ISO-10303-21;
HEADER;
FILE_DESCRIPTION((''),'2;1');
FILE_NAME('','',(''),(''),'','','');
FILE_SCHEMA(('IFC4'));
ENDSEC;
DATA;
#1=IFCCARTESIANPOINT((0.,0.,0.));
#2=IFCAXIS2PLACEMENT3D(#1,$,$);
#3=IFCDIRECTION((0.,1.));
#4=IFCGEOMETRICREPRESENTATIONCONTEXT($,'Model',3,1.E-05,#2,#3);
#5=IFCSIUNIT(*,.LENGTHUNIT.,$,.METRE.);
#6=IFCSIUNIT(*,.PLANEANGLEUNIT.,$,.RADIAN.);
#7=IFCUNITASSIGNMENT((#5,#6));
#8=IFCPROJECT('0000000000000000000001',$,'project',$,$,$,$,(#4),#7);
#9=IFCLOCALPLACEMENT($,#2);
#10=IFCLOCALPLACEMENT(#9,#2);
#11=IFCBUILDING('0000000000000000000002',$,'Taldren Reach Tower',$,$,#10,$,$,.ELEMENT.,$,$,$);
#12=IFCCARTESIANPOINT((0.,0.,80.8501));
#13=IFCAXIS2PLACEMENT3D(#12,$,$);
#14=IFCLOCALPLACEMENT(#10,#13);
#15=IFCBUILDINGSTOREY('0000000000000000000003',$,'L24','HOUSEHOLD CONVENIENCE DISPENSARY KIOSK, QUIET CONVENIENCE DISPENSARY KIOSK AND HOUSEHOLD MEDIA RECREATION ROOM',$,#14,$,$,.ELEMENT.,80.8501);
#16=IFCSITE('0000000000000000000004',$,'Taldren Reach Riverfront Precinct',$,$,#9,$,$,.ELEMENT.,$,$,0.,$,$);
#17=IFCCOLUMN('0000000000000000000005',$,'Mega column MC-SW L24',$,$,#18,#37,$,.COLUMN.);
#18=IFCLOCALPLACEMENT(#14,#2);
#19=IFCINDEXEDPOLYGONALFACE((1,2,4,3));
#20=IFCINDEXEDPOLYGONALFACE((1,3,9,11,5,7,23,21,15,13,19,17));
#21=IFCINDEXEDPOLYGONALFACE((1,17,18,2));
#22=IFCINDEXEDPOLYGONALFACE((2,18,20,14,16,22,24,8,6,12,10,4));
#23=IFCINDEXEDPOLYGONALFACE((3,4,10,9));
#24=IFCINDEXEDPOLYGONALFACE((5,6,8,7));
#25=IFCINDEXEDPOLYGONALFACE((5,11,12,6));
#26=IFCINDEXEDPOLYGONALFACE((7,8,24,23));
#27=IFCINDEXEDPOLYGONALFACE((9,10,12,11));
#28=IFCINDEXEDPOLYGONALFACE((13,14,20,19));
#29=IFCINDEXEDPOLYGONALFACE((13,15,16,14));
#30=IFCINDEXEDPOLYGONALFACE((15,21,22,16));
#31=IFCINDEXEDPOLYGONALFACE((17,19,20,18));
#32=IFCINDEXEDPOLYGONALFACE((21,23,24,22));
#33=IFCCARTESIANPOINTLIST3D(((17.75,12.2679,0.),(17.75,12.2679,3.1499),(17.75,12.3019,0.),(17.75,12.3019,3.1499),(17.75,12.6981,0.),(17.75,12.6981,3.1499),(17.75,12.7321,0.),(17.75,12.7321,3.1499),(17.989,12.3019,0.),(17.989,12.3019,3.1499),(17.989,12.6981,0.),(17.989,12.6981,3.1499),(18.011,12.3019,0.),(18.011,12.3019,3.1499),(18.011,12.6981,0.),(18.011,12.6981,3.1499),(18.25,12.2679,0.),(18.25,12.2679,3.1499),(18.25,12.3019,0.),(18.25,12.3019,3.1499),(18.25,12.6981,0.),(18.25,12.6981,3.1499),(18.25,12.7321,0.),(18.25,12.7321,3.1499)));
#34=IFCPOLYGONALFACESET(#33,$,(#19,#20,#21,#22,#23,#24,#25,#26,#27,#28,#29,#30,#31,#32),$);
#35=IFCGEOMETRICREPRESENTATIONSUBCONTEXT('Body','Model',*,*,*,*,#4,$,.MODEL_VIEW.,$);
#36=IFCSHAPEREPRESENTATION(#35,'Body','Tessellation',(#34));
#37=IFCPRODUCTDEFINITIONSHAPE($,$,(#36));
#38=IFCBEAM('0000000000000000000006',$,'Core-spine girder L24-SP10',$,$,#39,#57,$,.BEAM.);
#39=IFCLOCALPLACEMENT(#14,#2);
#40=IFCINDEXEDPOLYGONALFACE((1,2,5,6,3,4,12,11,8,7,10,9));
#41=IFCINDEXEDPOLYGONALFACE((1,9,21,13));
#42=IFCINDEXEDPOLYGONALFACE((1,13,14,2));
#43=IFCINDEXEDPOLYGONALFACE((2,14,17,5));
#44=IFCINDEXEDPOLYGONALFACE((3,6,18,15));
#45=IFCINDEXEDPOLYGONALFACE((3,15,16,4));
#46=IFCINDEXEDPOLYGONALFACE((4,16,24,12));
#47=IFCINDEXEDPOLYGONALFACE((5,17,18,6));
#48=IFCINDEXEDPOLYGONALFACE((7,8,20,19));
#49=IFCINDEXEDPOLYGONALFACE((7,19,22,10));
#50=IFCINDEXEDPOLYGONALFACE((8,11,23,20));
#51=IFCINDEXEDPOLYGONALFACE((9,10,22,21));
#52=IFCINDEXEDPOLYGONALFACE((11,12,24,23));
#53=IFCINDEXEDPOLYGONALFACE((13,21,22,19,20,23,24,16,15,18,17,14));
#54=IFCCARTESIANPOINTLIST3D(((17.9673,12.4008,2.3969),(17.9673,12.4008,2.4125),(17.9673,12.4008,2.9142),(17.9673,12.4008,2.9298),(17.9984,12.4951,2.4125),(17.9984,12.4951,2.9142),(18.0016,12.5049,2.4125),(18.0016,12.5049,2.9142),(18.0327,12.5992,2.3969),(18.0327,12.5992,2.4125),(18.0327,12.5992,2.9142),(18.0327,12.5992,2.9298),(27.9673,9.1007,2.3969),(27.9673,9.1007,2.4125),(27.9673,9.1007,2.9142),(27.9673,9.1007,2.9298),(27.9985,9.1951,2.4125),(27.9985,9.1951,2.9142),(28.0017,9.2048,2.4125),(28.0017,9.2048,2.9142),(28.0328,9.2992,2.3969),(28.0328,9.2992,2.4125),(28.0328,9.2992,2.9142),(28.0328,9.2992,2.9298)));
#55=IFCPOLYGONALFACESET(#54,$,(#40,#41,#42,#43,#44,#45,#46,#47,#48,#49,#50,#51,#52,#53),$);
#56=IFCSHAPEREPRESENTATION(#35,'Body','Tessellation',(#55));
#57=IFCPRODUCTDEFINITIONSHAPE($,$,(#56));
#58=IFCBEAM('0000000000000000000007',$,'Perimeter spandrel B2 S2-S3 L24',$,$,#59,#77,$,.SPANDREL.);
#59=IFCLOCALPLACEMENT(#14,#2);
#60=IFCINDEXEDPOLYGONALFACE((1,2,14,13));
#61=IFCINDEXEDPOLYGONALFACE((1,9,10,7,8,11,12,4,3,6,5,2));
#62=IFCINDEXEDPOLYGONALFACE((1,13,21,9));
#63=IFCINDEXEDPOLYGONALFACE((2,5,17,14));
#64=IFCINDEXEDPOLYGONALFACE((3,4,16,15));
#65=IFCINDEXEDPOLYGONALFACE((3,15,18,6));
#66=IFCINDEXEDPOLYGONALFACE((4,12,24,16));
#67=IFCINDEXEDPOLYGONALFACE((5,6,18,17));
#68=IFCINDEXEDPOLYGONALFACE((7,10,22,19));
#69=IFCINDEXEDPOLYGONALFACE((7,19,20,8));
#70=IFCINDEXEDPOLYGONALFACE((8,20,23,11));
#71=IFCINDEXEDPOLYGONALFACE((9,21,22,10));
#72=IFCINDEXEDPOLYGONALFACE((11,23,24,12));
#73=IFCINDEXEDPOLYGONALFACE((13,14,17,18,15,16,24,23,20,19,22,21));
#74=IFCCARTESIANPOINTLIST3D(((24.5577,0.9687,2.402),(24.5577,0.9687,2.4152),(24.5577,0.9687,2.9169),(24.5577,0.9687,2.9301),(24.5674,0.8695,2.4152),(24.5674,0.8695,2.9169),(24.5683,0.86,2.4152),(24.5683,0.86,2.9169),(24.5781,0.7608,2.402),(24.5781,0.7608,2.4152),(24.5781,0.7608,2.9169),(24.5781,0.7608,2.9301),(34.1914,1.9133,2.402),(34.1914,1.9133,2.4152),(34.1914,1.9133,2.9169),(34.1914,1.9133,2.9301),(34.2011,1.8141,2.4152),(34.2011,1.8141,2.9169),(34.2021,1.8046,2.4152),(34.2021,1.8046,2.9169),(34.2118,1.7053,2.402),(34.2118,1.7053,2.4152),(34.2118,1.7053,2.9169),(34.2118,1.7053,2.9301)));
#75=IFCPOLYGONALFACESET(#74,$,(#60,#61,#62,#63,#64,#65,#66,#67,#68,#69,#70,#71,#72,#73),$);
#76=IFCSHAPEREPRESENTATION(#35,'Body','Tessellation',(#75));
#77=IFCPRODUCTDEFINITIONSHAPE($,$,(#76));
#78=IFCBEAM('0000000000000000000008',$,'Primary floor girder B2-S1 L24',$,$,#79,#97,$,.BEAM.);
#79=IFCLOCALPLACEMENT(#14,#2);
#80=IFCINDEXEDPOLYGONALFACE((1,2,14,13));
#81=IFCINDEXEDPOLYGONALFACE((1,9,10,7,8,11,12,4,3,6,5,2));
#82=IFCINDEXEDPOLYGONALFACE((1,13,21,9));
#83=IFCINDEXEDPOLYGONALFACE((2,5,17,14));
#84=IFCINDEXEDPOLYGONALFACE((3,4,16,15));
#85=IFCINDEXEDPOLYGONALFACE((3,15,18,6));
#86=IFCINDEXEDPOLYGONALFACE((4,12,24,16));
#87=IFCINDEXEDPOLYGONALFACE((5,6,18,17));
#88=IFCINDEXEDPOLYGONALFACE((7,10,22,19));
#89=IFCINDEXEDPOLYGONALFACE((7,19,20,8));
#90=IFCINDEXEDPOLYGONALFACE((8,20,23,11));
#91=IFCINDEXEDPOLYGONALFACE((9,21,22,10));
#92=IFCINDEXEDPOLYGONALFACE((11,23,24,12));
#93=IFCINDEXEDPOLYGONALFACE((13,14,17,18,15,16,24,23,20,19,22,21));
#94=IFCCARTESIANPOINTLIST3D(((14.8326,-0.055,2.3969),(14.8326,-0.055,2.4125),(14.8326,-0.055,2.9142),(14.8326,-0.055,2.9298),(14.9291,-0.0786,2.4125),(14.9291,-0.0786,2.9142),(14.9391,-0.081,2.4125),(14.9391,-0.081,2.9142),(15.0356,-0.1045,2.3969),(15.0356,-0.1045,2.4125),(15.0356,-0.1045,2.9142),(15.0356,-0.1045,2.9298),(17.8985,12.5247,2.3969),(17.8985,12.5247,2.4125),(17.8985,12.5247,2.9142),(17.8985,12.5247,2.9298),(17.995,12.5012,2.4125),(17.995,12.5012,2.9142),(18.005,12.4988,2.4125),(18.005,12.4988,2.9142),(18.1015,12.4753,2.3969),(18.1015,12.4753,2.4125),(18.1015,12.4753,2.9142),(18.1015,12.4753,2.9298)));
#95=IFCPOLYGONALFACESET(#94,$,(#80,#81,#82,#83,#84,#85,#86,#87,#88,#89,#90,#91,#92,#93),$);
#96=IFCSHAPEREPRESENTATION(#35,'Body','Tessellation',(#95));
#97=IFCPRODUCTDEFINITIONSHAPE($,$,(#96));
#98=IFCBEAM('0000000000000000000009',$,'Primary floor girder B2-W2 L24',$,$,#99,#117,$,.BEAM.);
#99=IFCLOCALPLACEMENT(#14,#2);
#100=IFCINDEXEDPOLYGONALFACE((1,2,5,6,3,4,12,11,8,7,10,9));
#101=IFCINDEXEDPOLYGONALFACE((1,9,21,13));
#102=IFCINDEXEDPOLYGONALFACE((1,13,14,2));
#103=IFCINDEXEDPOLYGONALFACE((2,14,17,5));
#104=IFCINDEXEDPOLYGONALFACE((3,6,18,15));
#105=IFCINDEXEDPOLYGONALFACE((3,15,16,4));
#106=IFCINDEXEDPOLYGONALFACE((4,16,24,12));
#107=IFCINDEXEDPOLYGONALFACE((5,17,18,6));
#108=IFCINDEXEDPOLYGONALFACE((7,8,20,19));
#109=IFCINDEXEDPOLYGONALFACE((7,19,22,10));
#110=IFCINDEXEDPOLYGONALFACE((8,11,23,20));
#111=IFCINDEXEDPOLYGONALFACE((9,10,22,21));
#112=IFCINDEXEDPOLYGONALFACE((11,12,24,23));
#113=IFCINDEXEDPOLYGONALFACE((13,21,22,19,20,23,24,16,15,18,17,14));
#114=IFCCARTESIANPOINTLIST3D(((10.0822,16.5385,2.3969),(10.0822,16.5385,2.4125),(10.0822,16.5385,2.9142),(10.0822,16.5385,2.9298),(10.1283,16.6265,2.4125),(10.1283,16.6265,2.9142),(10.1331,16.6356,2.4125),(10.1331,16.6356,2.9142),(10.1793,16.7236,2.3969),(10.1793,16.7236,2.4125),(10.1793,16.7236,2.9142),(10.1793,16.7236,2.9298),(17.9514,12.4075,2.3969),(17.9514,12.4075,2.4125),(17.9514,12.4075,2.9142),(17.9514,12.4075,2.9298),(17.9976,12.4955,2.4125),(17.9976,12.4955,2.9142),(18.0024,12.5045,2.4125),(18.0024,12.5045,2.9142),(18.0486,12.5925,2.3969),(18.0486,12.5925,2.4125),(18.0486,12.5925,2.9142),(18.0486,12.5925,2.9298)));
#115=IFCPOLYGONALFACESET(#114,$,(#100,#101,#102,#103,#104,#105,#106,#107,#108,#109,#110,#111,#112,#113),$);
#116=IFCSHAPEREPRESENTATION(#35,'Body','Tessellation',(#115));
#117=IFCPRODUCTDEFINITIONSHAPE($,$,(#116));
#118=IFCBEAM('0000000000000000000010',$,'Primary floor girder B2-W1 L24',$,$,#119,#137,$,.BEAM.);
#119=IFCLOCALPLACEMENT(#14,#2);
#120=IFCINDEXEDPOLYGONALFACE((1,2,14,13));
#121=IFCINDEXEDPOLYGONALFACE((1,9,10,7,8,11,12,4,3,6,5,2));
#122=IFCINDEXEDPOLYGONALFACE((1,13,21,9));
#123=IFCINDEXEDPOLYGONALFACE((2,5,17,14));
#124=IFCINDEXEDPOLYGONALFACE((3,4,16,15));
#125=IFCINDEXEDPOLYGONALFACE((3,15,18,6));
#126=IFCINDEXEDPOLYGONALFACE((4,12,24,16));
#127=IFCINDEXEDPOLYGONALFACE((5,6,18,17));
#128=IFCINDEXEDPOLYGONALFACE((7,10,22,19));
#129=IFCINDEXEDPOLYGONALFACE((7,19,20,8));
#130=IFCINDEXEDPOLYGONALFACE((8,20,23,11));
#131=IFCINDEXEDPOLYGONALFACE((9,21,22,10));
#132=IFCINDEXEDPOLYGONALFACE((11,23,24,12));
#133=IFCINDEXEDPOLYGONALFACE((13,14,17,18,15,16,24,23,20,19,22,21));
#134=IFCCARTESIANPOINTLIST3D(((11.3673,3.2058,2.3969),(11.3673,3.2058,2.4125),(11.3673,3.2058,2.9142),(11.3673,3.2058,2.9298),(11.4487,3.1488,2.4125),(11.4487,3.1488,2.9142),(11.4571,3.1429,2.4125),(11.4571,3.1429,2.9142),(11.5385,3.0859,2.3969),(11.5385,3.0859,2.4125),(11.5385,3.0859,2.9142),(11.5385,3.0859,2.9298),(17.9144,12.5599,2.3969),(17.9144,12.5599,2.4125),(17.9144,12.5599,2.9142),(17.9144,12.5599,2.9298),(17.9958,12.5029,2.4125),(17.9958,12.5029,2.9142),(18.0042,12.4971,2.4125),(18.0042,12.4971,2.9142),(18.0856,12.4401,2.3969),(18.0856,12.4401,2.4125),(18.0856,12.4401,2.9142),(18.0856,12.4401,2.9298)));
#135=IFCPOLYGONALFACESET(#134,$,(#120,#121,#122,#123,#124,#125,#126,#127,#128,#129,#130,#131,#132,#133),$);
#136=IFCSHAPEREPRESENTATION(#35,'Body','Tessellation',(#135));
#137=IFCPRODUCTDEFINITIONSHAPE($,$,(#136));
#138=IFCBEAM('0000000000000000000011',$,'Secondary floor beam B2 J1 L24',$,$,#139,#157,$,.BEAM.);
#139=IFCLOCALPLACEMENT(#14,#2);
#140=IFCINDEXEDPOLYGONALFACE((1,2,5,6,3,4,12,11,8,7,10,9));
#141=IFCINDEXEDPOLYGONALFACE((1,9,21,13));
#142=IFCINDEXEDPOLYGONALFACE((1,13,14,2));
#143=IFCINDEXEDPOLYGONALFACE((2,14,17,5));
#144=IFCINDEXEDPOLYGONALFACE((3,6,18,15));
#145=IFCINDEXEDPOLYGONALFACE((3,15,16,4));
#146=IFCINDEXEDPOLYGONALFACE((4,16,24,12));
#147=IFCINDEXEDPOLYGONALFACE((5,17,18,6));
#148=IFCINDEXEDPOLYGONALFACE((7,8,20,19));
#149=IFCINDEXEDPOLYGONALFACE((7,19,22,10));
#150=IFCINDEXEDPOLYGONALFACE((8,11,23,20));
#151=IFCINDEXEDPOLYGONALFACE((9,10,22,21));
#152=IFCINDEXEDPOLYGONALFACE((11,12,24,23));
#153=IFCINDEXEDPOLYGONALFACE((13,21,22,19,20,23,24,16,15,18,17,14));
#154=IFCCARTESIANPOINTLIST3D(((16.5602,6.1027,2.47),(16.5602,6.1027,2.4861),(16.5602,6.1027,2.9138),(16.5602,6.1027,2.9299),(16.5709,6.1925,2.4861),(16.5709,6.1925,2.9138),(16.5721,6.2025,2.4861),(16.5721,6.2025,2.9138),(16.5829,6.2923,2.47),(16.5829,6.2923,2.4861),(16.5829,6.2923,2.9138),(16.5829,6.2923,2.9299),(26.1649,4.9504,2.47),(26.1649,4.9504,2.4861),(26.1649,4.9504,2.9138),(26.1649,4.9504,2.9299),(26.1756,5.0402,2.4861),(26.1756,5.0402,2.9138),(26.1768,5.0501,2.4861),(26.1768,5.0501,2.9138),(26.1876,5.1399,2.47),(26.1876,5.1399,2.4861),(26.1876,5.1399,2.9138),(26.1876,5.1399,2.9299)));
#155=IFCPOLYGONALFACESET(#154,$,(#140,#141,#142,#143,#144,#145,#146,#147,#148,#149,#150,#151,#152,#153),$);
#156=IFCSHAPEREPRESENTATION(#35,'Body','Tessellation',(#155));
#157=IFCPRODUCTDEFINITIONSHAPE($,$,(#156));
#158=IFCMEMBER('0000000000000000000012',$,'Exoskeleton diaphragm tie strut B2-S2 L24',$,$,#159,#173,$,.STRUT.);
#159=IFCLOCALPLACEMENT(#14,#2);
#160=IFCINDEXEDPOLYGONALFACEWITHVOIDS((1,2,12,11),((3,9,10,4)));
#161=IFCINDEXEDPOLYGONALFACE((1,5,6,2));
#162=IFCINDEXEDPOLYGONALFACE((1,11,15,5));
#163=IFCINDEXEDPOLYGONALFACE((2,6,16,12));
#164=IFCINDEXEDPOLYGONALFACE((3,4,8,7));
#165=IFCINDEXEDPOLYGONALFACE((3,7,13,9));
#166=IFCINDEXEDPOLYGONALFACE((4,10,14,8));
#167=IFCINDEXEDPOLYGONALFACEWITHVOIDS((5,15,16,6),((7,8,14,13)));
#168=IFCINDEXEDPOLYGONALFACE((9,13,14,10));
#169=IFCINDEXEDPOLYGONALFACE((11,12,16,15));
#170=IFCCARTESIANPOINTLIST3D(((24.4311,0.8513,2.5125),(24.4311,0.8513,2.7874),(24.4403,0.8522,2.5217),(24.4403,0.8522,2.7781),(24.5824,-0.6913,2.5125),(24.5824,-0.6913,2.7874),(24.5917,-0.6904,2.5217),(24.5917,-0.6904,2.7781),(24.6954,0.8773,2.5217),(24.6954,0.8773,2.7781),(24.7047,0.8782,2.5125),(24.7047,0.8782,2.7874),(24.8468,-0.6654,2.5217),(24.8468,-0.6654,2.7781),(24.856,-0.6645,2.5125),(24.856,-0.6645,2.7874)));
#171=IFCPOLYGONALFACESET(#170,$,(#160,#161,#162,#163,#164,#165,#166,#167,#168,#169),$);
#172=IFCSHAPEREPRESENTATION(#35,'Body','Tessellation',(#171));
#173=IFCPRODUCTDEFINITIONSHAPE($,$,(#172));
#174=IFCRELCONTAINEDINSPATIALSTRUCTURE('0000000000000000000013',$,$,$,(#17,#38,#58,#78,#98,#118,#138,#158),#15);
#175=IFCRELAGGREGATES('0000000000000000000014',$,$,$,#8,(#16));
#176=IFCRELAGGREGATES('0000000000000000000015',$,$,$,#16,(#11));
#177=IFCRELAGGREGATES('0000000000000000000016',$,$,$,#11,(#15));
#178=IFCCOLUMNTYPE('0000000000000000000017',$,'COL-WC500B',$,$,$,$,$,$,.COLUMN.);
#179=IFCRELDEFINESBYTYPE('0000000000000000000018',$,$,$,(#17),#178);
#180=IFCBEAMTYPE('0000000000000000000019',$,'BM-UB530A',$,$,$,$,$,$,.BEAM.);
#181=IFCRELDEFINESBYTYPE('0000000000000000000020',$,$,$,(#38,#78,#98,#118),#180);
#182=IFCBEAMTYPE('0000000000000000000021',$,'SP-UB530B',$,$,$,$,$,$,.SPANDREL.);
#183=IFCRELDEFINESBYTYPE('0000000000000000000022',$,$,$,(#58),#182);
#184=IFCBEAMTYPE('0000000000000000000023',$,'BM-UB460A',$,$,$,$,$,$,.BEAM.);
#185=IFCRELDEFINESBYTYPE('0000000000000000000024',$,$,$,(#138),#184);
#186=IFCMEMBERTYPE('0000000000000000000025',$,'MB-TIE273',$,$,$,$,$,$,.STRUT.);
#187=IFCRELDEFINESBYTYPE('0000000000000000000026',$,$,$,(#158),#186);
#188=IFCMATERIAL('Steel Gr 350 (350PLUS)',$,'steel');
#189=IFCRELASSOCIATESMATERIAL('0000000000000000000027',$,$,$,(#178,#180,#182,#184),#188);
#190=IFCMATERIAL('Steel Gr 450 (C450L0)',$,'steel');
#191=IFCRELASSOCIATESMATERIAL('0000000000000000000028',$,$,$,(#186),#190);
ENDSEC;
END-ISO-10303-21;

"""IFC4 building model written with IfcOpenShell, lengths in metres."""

from ifc_helpers import new_model, si_unit, direction, frame, origin, origin_2d, place, context, subcontext, project, spatial, hollow_rectangle, i_section, extrude, source, transform, mapped, material, material_profile, profile_set, type_object, element, save


model = new_model("IFC4")

# Units and contexts
model_context = context("Model", 3, precision=1e-05, world=origin(), true_north=direction((0.0, 1.0)))
body_context = subcontext(model_context, "Body", "Model", "MODEL_VIEW")
ifc_project = project(units=[si_unit("LENGTHUNIT", "METRE"), si_unit("PLANEANGLEUNIT", "RADIAN")], contexts=[model_context])

# Site, building, storey
site_placement = place(None, origin())
site = spatial("IfcSite", under=ifc_project, at=site_placement, Name="Taldren Reach Riverfront Precinct", CompositionType="ELEMENT", RefElevation=0.0)
building_placement = place(site_placement, origin())
building = spatial("IfcBuilding", under=site, at=building_placement, Name="Taldren Reach Tower", CompositionType="ELEMENT")
storey_placement = place(building_placement, frame((0.0, 0.0, 80.8501)))
storey = spatial("IfcBuildingStorey", under=building, at=storey_placement, Name="L24", Description="HOUSEHOLD CONVENIENCE DISPENSARY KIOSK, QUIET CONVENIENCE DISPENSARY KIOSK AND HOUSEHOLD MEDIA RECREATION ROOM", CompositionType="ELEMENT", Elevation=80.8501)

# Column
ifc_material_1 = material(Name="Steel Gr 350 (350PLUS)", Category="steel")
ifc_material_profile_1 = material_profile(ifc_material_1, i_section(OverallWidth=0.5, OverallDepth=0.4641, WebThickness=0.022, FlangeThickness=0.0339, at=origin_2d()), Name="500WC340")
ifc_profile_set_1 = profile_set([ifc_material_profile_1], Name="Steel Gr 350 (350PLUS)")
column_type = type_object("IfcColumnType", Name="COL-WC500B", PredefinedType="COLUMN", material=ifc_profile_set_1)
shared_shape_1 = source(origin(), body_context, "Body", "SweptSolid", [
    extrude(i_section(OverallWidth=0.5, OverallDepth=0.4641, WebThickness=0.022, FlangeThickness=0.0339, at=origin_2d()), origin(), (0.0, 0.0, 1.0), 3.1499),
])
column_placement = place(storey_placement, frame((18.0, 12.5, 0.0), z_axis=(0.0, 0.0, 1.0), x_axis=(1.0, 0.0, 0.0)))
element("IfcColumn", 1, at=column_placement, inside=storey, type_object=column_type, Name="Mega column MC-SW L24", PredefinedType="COLUMN", context=body_context, shape_type="MappedRepresentation", body=[
    mapped(shared_shape_1, transform((0.0, 0.0, 0.0), scale=1.0)),
])

# Beams
ifc_material_profile_2 = material_profile(ifc_material_1, i_section(OverallWidth=0.209, OverallDepth=0.533, WebThickness=0.0103, FlangeThickness=0.0156, at=origin_2d()), Name="530UB92.4")
ifc_profile_set_2 = profile_set([ifc_material_profile_2], Name="Steel Gr 350 (350PLUS)")
beam_type_1 = type_object("IfcBeamType", Name="BM-UB530A", PredefinedType="BEAM", material=ifc_profile_set_2)
shared_shape_2 = source(origin(), body_context, "Body", "SweptSolid", [
    extrude(i_section(OverallWidth=0.209, OverallDepth=0.533, WebThickness=0.0103, FlangeThickness=0.0156, at=origin_2d()), origin(), (0.0, 0.0, 1.0), 10.5305),
])
beam_1_placement = place(storey_placement, frame((18.0, 12.5, 2.6633), z_axis=(0.949627, -0.313382, 0.0), x_axis=(0.313382, 0.949627, 0.0)))
element("IfcBeam", 2, at=beam_1_placement, inside=storey, type_object=beam_type_1, Name="Core-spine girder L24-SP10", PredefinedType="BEAM", context=body_context, shape_type="MappedRepresentation", body=[
    mapped(shared_shape_2, transform((0.0, 0.0, 0.0), scale=1.0)),
])
ifc_material_profile_3 = material_profile(ifc_material_1, i_section(OverallWidth=0.209, OverallDepth=0.5281, WebThickness=0.0095, FlangeThickness=0.0132, at=origin_2d()), Name="530UB82.0")
ifc_profile_set_3 = profile_set([ifc_material_profile_3], Name="Steel Gr 350 (350PLUS)")
beam_type_2 = type_object("IfcBeamType", Name="SP-UB530B", PredefinedType="SPANDREL", material=ifc_profile_set_3)
shared_shape_3 = source(origin(), body_context, "Body", "SweptSolid", [
    extrude(i_section(OverallWidth=0.209, OverallDepth=0.5281, WebThickness=0.0095, FlangeThickness=0.0132, at=origin_2d()), origin(), (0.0, 0.0, 1.0), 9.6799),
])
beam_2_placement = place(storey_placement, frame((24.5679, 0.8647, 2.666), z_axis=(0.995228, 0.097581, 0.0), x_axis=(-0.097581, 0.995228, 0.0)))
element("IfcBeam", 3, at=beam_2_placement, inside=storey, type_object=beam_type_2, Name="Perimeter spandrel B2 S2-S3 L24", PredefinedType="SPANDREL", context=body_context, shape_type="MappedRepresentation", body=[
    mapped(shared_shape_3, transform((0.0, 0.0, 0.0), scale=1.0)),
])
shared_shape_4 = source(origin(), body_context, "Body", "SweptSolid", [
    extrude(i_section(OverallWidth=0.209, OverallDepth=0.533, WebThickness=0.0103, FlangeThickness=0.0156, at=origin_2d()), origin(), (0.0, 0.0, 1.0), 12.948),
])
beam_3_placement = place(storey_placement, frame((18.0, 12.5, 2.6633), z_axis=(-0.236786, -0.971562, 0.0), x_axis=(0.971562, -0.236786, 0.0)))
element("IfcBeam", 4, at=beam_3_placement, inside=storey, type_object=beam_type_1, Name="Primary floor girder B2-S1 L24", PredefinedType="BEAM", context=body_context, shape_type="MappedRepresentation", body=[
    mapped(shared_shape_4, transform((0.0, 0.0, 0.0), scale=1.0)),
])
shared_shape_5 = source(origin(), body_context, "Body", "SweptSolid", [
    extrude(i_section(OverallWidth=0.209, OverallDepth=0.533, WebThickness=0.0103, FlangeThickness=0.0156, at=origin_2d()), origin(), (0.0, 0.0, 1.0), 8.8877),
])
beam_4_placement = place(storey_placement, frame((18.0, 12.5, 2.6633), z_axis=(-0.885413, 0.464805, 0.0), x_axis=(-0.464805, -0.885413, 0.0)))
element("IfcBeam", 5, at=beam_4_placement, inside=storey, type_object=beam_type_1, Name="Primary floor girder B2-W2 L24", PredefinedType="BEAM", context=body_context, shape_type="MappedRepresentation", body=[
    mapped(shared_shape_5, transform((0.0, 0.0, 0.0), scale=1.0)),
])
shared_shape_6 = source(origin(), body_context, "Body", "SweptSolid", [
    extrude(i_section(OverallWidth=0.209, OverallDepth=0.533, WebThickness=0.0103, FlangeThickness=0.0156, at=origin_2d()), origin(), (0.0, 0.0, 1.0), 11.4177),
])
beam_5_placement = place(storey_placement, frame((18.0, 12.5, 2.6633), z_axis=(-0.573412, -0.819267, 0.0), x_axis=(0.819267, -0.573412, 0.0)))
element("IfcBeam", 6, at=beam_5_placement, inside=storey, type_object=beam_type_1, Name="Primary floor girder B2-W1 L24", PredefinedType="BEAM", context=body_context, shape_type="MappedRepresentation", body=[
    mapped(shared_shape_6, transform((0.0, 0.0, 0.0), scale=1.0)),
])
ifc_material_profile_4 = material_profile(ifc_material_1, i_section(OverallWidth=0.1909, OverallDepth=0.46, WebThickness=0.01, FlangeThickness=0.0161, at=origin_2d()), Name="460UB82.1")
ifc_profile_set_4 = profile_set([ifc_material_profile_4], Name="Steel Gr 350 (350PLUS)")
beam_type_3 = type_object("IfcBeamType", Name="BM-UB460A", PredefinedType="BEAM", material=ifc_profile_set_4)
shared_shape_7 = source(origin(), body_context, "Body", "SweptSolid", [
    extrude(i_section(OverallWidth=0.1909, OverallDepth=0.46, WebThickness=0.01, FlangeThickness=0.0161, at=origin_2d()), origin(), (0.0, 0.0, 1.0), 9.6736),
])
beam_6_placement = place(storey_placement, frame((16.5715, 6.1975, 2.7), z_axis=(0.99288, -0.119122, 0.0), x_axis=(0.119122, 0.99288, 0.0)))
element("IfcBeam", 7, at=beam_6_placement, inside=storey, type_object=beam_type_3, Name="Secondary floor beam B2 J1 L24", PredefinedType="BEAM", context=body_context, shape_type="MappedRepresentation", body=[
    mapped(shared_shape_7, transform((0.0, 0.0, 0.0), scale=1.0)),
])

# Member
ifc_material_2 = material(Name="Steel Gr 450 (C450L0)", Category="steel")
ifc_material_profile_5 = material_profile(ifc_material_2, hollow_rectangle(XDim=0.2749, YDim=0.2749, WallThickness=0.0093, at=origin_2d()), Name="275x275x9.3SHS")
ifc_profile_set_5 = profile_set([ifc_material_profile_5], Name="Steel Gr 450 (C450L0)")
member_type_1 = type_object("IfcMemberType", Name="MB-TIE273", PredefinedType="STRUT", material=ifc_profile_set_5)
shared_shape_8 = source(origin(), body_context, "Body", "SweptSolid", [
    extrude(hollow_rectangle(XDim=0.2749, YDim=0.2749, WallThickness=0.0093, at=origin_2d()), origin(), (0.0, 0.0, 1.0), 1.55),
])
member_1_placement = place(storey_placement, frame((24.5679, 0.8647, 2.6499), z_axis=(0.097648, -0.995221, 0.0), x_axis=(0.995221, 0.097648, 0.0)))
element("IfcMember", 8, at=member_1_placement, inside=storey, type_object=member_type_1, Name="Exoskeleton diaphragm tie strut B2-S2 L24", PredefinedType="STRUT", context=body_context, shape_type="MappedRepresentation", body=[
    mapped(shared_shape_8, transform((0.0, 0.0, 0.0), scale=1.0)),
])

save(model, "model.ifc")
